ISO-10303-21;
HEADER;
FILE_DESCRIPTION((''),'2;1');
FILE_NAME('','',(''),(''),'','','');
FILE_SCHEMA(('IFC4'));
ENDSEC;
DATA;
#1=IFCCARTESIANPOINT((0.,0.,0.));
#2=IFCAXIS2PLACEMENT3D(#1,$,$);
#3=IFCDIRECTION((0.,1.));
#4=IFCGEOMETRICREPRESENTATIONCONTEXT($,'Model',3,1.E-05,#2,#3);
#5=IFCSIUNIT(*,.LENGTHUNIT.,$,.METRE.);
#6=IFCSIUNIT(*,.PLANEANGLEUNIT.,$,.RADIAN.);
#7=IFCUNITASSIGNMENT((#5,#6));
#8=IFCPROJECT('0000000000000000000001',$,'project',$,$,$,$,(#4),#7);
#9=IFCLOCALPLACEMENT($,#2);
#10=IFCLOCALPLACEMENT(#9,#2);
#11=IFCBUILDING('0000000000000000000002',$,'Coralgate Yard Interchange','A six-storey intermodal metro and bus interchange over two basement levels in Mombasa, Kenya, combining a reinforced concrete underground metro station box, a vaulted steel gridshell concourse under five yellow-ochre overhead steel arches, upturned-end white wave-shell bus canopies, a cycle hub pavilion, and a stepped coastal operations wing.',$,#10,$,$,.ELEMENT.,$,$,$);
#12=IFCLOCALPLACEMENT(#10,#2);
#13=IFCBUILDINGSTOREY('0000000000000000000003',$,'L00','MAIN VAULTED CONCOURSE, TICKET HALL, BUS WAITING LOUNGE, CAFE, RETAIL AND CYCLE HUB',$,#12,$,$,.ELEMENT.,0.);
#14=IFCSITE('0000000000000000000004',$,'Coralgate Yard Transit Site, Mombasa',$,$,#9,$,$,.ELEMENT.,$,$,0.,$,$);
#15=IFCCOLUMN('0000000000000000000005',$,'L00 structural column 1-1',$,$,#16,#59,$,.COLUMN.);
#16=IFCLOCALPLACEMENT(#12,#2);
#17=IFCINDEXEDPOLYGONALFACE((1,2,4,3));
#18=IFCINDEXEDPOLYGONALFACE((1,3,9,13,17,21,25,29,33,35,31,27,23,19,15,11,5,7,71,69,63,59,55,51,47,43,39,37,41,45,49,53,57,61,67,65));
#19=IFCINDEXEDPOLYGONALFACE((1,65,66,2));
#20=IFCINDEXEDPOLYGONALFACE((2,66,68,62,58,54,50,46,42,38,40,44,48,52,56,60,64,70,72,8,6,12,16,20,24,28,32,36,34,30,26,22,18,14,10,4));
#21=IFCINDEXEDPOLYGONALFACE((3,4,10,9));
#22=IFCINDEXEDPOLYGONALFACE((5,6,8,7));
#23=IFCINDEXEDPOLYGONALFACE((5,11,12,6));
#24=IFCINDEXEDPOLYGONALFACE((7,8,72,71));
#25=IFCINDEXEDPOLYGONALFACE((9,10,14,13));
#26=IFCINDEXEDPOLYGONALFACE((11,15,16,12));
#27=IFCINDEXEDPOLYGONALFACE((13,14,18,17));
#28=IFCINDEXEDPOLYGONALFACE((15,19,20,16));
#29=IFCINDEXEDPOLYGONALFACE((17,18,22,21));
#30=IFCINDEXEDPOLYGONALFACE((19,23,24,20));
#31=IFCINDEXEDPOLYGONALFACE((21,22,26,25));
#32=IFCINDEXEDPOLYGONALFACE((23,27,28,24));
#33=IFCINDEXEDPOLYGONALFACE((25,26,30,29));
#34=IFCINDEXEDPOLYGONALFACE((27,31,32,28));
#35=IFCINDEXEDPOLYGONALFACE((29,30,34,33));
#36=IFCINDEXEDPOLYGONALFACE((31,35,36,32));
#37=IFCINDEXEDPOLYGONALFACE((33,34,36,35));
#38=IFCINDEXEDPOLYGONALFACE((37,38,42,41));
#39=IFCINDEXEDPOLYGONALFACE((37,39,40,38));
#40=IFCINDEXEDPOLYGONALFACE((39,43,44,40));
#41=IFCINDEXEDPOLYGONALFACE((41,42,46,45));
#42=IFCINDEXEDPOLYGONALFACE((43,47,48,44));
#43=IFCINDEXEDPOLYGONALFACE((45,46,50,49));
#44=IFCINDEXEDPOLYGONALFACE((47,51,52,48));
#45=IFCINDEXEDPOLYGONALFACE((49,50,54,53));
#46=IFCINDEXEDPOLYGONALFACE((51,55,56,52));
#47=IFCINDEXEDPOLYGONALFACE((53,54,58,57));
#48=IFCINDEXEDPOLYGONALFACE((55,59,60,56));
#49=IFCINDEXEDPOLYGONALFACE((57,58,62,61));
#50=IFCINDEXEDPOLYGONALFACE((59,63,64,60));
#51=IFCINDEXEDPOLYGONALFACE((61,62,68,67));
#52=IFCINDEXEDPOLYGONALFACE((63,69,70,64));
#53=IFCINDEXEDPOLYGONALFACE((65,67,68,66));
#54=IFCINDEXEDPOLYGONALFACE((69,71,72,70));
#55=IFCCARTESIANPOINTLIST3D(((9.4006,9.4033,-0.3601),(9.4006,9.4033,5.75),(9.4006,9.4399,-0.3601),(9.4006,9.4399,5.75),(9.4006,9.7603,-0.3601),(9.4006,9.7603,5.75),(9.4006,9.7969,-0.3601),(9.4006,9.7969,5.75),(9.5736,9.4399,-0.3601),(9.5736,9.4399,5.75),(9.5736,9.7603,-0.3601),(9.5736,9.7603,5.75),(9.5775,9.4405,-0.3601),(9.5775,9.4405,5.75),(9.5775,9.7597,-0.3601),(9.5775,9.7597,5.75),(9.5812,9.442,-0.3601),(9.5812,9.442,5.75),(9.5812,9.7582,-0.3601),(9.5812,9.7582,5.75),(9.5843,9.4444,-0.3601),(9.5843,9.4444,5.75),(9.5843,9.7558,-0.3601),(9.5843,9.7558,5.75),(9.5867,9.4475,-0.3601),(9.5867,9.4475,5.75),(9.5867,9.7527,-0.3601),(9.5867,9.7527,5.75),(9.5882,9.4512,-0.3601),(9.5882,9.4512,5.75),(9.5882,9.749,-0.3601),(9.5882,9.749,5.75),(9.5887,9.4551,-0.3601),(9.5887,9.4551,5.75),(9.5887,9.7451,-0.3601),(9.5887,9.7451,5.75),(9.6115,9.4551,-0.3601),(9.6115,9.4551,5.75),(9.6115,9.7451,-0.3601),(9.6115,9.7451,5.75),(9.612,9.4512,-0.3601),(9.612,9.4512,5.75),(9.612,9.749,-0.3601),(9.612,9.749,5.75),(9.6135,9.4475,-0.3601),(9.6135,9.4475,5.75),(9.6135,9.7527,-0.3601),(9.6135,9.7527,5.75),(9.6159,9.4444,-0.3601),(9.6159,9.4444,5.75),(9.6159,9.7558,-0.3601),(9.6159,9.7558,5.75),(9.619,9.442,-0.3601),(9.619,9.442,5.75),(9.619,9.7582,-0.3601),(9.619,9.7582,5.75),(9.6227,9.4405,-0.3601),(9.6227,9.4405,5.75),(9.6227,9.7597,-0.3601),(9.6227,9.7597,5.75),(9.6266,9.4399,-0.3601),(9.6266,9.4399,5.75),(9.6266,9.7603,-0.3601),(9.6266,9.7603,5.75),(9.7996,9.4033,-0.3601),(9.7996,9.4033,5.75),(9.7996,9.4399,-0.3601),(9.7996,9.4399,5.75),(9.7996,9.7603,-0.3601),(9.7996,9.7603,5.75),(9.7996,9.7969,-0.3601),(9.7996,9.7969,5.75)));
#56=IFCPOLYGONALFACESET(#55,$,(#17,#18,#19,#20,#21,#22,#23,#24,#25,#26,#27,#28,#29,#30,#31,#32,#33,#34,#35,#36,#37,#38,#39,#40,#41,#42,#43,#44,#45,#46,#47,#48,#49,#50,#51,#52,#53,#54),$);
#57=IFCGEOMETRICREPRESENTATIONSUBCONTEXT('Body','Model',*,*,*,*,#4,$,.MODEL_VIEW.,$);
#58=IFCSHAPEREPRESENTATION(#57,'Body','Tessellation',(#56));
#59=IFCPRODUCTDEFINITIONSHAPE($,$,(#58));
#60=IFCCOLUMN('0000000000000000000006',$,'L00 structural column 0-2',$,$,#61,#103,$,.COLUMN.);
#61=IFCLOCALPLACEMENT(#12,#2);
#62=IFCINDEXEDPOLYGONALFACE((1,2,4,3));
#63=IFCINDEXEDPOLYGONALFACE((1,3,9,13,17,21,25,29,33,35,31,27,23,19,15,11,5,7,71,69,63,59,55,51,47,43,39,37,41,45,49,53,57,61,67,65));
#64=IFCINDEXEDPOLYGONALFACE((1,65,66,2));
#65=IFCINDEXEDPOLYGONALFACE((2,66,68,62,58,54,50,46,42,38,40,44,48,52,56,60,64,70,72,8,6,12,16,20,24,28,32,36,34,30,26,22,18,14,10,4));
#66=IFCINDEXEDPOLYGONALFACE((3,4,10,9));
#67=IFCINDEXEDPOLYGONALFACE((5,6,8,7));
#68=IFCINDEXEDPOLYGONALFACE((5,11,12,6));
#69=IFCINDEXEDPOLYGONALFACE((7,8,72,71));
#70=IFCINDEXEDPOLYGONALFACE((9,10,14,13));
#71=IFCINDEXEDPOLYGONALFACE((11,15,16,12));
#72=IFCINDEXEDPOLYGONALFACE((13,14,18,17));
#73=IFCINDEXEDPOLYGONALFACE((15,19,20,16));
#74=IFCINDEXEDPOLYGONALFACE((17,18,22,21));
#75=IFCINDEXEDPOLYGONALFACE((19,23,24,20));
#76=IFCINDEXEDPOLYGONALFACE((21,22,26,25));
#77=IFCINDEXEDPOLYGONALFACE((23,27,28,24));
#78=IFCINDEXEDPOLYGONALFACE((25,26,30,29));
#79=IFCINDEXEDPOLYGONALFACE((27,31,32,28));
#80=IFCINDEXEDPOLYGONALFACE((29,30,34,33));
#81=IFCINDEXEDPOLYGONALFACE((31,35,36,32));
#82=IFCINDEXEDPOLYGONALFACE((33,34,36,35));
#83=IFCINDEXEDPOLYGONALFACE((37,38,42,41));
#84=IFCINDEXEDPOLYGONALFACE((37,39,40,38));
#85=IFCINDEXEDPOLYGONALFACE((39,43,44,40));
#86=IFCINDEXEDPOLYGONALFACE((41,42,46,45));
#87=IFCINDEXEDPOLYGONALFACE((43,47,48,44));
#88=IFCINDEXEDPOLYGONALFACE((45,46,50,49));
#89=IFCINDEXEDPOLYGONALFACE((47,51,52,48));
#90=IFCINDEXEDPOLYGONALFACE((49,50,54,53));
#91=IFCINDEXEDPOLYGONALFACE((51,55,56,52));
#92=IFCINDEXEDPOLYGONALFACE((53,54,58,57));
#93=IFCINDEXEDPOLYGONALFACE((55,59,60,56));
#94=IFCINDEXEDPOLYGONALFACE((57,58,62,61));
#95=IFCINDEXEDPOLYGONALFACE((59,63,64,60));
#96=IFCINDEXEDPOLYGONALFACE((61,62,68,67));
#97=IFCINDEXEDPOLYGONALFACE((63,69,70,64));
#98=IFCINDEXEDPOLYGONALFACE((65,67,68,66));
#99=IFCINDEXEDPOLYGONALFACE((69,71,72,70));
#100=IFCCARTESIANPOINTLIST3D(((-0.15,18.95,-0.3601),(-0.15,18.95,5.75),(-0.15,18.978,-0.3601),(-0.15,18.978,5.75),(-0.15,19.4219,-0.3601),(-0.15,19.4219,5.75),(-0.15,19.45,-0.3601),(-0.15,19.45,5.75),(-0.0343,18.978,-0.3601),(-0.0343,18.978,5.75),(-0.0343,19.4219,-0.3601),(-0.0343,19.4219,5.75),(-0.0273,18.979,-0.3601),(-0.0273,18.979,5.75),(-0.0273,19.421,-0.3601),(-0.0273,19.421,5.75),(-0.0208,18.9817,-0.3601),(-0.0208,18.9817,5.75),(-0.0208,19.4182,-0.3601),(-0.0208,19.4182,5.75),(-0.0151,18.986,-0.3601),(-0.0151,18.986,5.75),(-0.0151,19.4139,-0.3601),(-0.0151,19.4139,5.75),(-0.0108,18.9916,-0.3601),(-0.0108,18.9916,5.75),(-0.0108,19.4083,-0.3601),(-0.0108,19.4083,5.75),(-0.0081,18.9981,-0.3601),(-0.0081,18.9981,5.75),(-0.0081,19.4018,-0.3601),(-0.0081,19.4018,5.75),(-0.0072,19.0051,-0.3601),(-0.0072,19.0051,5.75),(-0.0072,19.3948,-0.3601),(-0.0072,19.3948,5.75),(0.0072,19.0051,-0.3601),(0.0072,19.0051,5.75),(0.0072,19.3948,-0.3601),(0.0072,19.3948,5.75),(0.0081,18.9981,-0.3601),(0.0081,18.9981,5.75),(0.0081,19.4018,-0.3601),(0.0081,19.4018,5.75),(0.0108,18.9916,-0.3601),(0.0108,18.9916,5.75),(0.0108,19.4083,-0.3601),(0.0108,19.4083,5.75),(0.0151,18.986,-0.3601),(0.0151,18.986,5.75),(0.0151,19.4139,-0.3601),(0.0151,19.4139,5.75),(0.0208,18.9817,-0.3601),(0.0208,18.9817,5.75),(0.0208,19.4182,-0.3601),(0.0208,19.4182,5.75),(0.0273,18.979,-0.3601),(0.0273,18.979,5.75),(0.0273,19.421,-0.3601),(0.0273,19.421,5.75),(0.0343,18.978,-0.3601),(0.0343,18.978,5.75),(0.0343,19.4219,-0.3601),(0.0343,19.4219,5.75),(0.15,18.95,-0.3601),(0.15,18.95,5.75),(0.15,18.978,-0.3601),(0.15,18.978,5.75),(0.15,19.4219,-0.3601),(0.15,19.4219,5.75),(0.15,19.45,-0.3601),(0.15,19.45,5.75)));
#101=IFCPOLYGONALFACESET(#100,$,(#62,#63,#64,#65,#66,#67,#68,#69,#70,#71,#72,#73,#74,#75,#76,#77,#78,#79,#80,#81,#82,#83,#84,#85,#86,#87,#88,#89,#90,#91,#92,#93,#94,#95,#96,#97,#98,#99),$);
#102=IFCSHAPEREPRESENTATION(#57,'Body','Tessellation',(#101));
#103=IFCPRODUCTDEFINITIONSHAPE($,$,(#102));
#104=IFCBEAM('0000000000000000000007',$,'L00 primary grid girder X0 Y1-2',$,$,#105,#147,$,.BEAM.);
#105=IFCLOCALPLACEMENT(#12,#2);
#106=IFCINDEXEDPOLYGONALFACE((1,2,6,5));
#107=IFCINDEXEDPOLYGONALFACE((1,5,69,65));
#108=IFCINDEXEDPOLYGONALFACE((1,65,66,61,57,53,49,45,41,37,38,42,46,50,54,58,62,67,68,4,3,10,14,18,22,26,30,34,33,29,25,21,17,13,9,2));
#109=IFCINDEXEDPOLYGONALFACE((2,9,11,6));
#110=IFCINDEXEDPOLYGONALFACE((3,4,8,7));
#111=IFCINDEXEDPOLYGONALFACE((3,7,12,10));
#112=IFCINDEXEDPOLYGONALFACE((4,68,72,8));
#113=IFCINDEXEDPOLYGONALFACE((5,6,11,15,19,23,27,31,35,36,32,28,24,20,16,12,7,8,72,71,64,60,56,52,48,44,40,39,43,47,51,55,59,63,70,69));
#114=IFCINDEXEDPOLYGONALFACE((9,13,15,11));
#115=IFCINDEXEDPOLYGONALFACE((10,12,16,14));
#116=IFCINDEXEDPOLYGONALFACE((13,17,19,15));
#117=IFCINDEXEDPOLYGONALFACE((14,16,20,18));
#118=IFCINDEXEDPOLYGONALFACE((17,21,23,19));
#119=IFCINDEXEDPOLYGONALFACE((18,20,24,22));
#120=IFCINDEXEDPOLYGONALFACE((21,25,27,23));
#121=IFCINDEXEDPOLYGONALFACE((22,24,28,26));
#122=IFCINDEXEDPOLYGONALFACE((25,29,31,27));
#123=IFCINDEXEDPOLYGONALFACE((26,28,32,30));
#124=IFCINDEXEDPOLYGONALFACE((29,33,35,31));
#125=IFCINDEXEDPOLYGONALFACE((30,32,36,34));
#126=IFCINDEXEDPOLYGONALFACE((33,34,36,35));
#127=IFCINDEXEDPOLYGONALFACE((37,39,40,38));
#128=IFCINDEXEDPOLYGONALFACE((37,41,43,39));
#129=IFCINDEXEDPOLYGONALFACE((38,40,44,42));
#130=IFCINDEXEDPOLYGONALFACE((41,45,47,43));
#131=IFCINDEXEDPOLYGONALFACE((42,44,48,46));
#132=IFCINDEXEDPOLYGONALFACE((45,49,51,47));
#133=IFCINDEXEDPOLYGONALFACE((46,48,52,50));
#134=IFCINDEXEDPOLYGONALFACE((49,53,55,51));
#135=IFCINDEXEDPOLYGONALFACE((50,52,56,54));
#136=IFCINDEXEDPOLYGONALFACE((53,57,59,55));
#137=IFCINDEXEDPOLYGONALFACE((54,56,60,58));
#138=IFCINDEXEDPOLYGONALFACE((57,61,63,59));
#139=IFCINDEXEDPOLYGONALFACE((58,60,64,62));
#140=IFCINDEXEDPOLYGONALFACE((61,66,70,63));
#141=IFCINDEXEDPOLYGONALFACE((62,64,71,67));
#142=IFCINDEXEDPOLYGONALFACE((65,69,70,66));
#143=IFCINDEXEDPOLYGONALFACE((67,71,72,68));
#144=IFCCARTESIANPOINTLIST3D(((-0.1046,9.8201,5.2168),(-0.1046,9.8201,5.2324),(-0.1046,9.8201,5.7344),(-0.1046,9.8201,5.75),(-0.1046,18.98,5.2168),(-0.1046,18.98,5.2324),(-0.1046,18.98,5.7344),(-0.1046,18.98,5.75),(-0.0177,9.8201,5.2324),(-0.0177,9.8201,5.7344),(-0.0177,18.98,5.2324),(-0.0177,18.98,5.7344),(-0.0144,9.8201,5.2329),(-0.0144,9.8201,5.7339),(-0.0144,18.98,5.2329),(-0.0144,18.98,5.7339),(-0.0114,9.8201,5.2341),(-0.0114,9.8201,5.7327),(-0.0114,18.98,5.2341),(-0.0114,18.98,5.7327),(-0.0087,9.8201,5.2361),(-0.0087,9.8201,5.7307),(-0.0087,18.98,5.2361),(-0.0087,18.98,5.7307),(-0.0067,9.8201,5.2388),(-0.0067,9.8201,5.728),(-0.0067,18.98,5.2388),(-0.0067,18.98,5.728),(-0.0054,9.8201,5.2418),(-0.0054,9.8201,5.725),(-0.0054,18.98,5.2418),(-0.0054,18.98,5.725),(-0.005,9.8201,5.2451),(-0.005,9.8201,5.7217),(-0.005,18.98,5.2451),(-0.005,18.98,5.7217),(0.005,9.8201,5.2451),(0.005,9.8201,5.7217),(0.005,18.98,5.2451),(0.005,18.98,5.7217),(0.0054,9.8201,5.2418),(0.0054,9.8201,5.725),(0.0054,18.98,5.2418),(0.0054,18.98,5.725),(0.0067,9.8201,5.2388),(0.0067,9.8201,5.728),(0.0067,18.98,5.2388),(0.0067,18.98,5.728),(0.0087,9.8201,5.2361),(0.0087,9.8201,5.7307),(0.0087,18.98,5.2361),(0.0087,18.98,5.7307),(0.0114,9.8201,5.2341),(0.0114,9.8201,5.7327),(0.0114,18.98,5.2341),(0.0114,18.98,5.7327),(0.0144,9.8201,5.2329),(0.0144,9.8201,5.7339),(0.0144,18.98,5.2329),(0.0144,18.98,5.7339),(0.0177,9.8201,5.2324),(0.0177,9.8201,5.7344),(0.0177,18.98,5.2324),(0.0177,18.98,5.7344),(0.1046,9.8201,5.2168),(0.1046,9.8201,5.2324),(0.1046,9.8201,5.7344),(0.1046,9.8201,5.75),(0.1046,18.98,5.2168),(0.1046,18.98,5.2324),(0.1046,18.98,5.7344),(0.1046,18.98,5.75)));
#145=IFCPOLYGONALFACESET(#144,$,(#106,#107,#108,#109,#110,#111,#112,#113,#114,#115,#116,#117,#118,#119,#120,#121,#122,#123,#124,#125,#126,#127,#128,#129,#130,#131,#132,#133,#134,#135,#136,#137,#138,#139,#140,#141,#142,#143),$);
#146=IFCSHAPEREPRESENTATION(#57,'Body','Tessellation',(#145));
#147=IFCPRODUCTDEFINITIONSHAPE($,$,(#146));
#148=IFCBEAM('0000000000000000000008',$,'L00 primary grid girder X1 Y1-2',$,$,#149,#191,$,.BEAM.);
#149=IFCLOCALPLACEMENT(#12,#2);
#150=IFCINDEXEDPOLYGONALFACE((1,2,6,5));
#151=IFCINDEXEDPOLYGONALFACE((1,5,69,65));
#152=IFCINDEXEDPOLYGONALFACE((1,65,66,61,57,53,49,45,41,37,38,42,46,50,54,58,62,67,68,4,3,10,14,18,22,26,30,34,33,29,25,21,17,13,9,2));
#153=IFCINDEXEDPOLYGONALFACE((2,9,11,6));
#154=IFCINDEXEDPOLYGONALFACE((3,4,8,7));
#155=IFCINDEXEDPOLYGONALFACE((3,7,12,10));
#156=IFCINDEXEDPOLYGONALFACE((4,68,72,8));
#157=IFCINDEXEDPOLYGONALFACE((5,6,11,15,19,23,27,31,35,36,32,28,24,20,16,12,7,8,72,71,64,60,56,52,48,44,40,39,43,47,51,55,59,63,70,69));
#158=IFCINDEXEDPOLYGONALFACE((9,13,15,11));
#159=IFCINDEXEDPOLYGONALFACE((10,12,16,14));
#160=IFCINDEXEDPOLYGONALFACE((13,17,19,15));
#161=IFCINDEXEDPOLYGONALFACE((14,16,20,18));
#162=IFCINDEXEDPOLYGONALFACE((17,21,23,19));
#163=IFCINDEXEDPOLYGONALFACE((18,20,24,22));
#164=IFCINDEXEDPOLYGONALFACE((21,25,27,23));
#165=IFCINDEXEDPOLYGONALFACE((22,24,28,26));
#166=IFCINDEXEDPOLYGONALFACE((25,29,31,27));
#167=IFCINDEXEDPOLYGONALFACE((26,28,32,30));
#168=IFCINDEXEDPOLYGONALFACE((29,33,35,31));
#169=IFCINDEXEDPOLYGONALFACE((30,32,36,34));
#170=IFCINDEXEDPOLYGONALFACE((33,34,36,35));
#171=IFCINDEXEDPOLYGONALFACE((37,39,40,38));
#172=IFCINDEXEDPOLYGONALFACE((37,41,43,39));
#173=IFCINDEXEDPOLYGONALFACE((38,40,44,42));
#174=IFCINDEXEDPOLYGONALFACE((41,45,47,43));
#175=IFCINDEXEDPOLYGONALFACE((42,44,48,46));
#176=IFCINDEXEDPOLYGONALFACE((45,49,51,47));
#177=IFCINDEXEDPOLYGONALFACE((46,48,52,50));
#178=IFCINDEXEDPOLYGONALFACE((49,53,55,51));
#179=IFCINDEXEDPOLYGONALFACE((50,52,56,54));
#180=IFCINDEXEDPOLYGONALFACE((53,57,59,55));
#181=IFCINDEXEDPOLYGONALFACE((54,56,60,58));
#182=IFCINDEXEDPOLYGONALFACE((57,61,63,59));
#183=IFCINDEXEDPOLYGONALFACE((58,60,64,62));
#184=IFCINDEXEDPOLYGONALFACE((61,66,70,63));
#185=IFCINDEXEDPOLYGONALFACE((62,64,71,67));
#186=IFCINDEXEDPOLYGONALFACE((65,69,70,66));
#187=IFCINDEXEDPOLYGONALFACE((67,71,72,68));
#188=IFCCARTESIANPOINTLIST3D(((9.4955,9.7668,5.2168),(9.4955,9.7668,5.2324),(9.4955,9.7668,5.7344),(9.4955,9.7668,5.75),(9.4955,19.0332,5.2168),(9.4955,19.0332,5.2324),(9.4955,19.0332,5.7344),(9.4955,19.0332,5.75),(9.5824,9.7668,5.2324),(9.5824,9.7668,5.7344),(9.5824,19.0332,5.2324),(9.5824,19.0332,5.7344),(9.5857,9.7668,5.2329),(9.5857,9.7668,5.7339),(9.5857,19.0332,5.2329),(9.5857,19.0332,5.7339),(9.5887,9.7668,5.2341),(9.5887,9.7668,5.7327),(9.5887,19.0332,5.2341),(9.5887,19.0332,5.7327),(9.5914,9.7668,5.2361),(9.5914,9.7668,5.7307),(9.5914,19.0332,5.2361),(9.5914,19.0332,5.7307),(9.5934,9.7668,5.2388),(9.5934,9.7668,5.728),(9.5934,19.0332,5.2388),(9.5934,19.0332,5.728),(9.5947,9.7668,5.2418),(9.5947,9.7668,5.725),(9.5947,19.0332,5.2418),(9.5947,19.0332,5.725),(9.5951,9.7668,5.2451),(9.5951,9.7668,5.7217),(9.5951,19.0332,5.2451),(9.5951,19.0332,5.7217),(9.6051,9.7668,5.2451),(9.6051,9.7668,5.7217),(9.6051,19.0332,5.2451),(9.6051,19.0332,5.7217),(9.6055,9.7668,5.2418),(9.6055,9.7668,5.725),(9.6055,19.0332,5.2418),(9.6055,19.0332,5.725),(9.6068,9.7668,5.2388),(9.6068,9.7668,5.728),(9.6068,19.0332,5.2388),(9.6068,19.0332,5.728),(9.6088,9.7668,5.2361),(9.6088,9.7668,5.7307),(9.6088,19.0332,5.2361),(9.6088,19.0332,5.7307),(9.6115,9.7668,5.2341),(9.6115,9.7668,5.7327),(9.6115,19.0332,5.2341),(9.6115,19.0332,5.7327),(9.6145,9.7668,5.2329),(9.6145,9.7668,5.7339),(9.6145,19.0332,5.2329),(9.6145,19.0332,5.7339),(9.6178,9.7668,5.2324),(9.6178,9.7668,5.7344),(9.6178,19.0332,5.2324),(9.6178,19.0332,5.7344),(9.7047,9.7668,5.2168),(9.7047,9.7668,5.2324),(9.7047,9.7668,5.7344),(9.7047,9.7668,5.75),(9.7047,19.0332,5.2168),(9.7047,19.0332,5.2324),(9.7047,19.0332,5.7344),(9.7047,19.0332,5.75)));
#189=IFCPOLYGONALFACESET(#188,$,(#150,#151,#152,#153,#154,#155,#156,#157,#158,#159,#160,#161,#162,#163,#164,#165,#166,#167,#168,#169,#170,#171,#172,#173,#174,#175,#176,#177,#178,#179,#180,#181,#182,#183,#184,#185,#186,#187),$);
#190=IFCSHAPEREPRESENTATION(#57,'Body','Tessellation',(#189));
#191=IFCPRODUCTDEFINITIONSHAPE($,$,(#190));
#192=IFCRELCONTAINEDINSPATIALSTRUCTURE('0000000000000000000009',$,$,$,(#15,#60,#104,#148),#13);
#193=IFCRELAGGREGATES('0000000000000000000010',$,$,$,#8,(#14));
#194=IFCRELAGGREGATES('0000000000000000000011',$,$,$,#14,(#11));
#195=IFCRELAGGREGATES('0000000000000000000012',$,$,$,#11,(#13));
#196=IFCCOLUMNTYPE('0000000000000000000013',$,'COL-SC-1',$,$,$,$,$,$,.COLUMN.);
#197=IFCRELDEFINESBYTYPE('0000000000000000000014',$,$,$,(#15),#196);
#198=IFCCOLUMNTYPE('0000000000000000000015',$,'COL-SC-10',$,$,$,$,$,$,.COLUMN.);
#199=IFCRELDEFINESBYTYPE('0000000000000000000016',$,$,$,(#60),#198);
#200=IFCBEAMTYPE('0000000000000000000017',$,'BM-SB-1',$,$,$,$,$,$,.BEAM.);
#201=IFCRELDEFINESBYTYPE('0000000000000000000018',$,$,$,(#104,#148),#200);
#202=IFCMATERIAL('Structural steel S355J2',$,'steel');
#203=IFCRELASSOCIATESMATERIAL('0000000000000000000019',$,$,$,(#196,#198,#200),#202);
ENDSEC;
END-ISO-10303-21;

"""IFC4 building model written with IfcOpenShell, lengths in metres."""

from ifc_helpers import new_model, si_unit, direction, frame, origin, origin_2d, place, context, subcontext, project, spatial, i_section, extrude, material, material_profile, profile_set, type_object, element, save


model = new_model("IFC4")

# Units and contexts
model_context = context("Model", 3, precision=1e-05, world=origin(), true_north=direction((0.0, 1.0)))
body_context = subcontext(model_context, "Body", "Model", "MODEL_VIEW")
ifc_project = project(units=[si_unit("LENGTHUNIT", "METRE"), si_unit("PLANEANGLEUNIT", "RADIAN")], contexts=[model_context])

# Site, building, storey
site_placement = place(None, origin())
site = spatial("IfcSite", under=ifc_project, at=site_placement, Name="Coralgate Yard Transit Site, Mombasa", CompositionType="ELEMENT", RefElevation=0.0)
building_placement = place(site_placement, origin())
building = spatial("IfcBuilding", under=site, at=building_placement, Name="Coralgate Yard Interchange", Description="A six-storey intermodal metro and bus interchange over two basement levels in Mombasa, Kenya, combining a reinforced concrete underground metro station box, a vaulted steel gridshell concourse under five yellow-ochre overhead steel arches, upturned-end white wave-shell bus canopies, a cycle hub pavilion, and a stepped coastal operations wing.", CompositionType="ELEMENT")
storey_placement = place(building_placement, origin())
storey = spatial("IfcBuildingStorey", under=building, at=storey_placement, Name="L00", Description="MAIN VAULTED CONCOURSE, TICKET HALL, BUS WAITING LOUNGE, CAFE, RETAIL AND CYCLE HUB", CompositionType="ELEMENT", Elevation=0.0)

# Columns
ifc_material_1 = material(Name="Structural steel S355J2", Category="steel")
ifc_material_profile_1 = material_profile(ifc_material_1, i_section(OverallWidth=0.3989, OverallDepth=0.3936, WebThickness=0.0227, FlangeThickness=0.0366, FilletRadius=0.0151, at=origin_2d()), Name="UC 356x406x287")
ifc_profile_set_1 = profile_set([ifc_material_profile_1], Name="Structural steel S355J2")
column_type_1 = type_object("IfcColumnType", Name="COL-SC-1", PredefinedType="COLUMN", material=ifc_profile_set_1)
column_1_placement = place(storey_placement, frame((9.6001, 9.6001, -0.3601), z_axis=(0.0, 0.0, 1.0), x_axis=(1.0, 0.0, 0.0)))
element("IfcColumn", 1, at=column_1_placement, inside=storey, type_object=column_type_1, Name="L00 structural column 1-1", PredefinedType="COLUMN", context=body_context, shape_type="SweptSolid", body=[
    extrude(i_section(OverallWidth=0.3989, OverallDepth=0.3936, WebThickness=0.0227, FlangeThickness=0.0366, FilletRadius=0.0151, at=origin_2d()), origin(), (0.0, 0.0, 1.0), 6.1101),
])
ifc_material_profile_2 = material_profile(ifc_material_1, i_section(OverallWidth=0.3, OverallDepth=0.5, WebThickness=0.0144, FlangeThickness=0.0281, FilletRadius=0.0271, at=origin_2d()), Name="HEB 500")
ifc_profile_set_2 = profile_set([ifc_material_profile_2], Name="Structural steel S355J2")
column_type_2 = type_object("IfcColumnType", Name="COL-SC-10", PredefinedType="COLUMN", material=ifc_profile_set_2)
column_2_placement = place(storey_placement, frame((0.0, 19.2, -0.3601), z_axis=(0.0, 0.0, 1.0), x_axis=(1.0, 0.0, 0.0)))
element("IfcColumn", 2, at=column_2_placement, inside=storey, type_object=column_type_2, Name="L00 structural column 0-2", PredefinedType="COLUMN", context=body_context, shape_type="SweptSolid", body=[
    extrude(i_section(OverallWidth=0.3, OverallDepth=0.5, WebThickness=0.0144, FlangeThickness=0.0281, FilletRadius=0.0271, at=origin_2d()), origin(), (0.0, 0.0, 1.0), 6.1101),
])

# Beams
ifc_material_profile_3 = material_profile(ifc_material_1, i_section(OverallWidth=0.2092, OverallDepth=0.5332, WebThickness=0.01, FlangeThickness=0.0156, FilletRadius=0.0127, at=origin_2d()), Name="UB 533x210x92")
ifc_profile_set_3 = profile_set([ifc_material_profile_3], Name="Structural steel S355J2")
beam_type_1 = type_object("IfcBeamType", Name="BM-SB-1", PredefinedType="BEAM", material=ifc_profile_set_3)
beam_1_placement = place(storey_placement, frame((0.0, 9.8201, 5.4834), z_axis=(0.0, 1.0, 0.0), x_axis=(-1.0, 0.0, 0.0)))
element("IfcBeam", 3, at=beam_1_placement, inside=storey, type_object=beam_type_1, Name="L00 primary grid girder X0 Y1-2", PredefinedType="BEAM", context=body_context, shape_type="SweptSolid", body=[
    extrude(i_section(OverallWidth=0.2092, OverallDepth=0.5332, WebThickness=0.01, FlangeThickness=0.0156, FilletRadius=0.0127, at=origin_2d()), origin(), (0.0, 0.0, 1.0), 9.1599),
])
beam_2_placement = place(storey_placement, frame((9.6001, 9.7668, 5.4834), z_axis=(0.0, 1.0, 0.0), x_axis=(-1.0, 0.0, 0.0)))
element("IfcBeam", 4, at=beam_2_placement, inside=storey, type_object=beam_type_1, Name="L00 primary grid girder X1 Y1-2", PredefinedType="BEAM", context=body_context, shape_type="SweptSolid", body=[
    extrude(i_section(OverallWidth=0.2092, OverallDepth=0.5332, WebThickness=0.01, FlangeThickness=0.0156, FilletRadius=0.0127, at=origin_2d()), origin(), (0.0, 0.0, 1.0), 9.2664),
])

save(model, "model.ifc")
